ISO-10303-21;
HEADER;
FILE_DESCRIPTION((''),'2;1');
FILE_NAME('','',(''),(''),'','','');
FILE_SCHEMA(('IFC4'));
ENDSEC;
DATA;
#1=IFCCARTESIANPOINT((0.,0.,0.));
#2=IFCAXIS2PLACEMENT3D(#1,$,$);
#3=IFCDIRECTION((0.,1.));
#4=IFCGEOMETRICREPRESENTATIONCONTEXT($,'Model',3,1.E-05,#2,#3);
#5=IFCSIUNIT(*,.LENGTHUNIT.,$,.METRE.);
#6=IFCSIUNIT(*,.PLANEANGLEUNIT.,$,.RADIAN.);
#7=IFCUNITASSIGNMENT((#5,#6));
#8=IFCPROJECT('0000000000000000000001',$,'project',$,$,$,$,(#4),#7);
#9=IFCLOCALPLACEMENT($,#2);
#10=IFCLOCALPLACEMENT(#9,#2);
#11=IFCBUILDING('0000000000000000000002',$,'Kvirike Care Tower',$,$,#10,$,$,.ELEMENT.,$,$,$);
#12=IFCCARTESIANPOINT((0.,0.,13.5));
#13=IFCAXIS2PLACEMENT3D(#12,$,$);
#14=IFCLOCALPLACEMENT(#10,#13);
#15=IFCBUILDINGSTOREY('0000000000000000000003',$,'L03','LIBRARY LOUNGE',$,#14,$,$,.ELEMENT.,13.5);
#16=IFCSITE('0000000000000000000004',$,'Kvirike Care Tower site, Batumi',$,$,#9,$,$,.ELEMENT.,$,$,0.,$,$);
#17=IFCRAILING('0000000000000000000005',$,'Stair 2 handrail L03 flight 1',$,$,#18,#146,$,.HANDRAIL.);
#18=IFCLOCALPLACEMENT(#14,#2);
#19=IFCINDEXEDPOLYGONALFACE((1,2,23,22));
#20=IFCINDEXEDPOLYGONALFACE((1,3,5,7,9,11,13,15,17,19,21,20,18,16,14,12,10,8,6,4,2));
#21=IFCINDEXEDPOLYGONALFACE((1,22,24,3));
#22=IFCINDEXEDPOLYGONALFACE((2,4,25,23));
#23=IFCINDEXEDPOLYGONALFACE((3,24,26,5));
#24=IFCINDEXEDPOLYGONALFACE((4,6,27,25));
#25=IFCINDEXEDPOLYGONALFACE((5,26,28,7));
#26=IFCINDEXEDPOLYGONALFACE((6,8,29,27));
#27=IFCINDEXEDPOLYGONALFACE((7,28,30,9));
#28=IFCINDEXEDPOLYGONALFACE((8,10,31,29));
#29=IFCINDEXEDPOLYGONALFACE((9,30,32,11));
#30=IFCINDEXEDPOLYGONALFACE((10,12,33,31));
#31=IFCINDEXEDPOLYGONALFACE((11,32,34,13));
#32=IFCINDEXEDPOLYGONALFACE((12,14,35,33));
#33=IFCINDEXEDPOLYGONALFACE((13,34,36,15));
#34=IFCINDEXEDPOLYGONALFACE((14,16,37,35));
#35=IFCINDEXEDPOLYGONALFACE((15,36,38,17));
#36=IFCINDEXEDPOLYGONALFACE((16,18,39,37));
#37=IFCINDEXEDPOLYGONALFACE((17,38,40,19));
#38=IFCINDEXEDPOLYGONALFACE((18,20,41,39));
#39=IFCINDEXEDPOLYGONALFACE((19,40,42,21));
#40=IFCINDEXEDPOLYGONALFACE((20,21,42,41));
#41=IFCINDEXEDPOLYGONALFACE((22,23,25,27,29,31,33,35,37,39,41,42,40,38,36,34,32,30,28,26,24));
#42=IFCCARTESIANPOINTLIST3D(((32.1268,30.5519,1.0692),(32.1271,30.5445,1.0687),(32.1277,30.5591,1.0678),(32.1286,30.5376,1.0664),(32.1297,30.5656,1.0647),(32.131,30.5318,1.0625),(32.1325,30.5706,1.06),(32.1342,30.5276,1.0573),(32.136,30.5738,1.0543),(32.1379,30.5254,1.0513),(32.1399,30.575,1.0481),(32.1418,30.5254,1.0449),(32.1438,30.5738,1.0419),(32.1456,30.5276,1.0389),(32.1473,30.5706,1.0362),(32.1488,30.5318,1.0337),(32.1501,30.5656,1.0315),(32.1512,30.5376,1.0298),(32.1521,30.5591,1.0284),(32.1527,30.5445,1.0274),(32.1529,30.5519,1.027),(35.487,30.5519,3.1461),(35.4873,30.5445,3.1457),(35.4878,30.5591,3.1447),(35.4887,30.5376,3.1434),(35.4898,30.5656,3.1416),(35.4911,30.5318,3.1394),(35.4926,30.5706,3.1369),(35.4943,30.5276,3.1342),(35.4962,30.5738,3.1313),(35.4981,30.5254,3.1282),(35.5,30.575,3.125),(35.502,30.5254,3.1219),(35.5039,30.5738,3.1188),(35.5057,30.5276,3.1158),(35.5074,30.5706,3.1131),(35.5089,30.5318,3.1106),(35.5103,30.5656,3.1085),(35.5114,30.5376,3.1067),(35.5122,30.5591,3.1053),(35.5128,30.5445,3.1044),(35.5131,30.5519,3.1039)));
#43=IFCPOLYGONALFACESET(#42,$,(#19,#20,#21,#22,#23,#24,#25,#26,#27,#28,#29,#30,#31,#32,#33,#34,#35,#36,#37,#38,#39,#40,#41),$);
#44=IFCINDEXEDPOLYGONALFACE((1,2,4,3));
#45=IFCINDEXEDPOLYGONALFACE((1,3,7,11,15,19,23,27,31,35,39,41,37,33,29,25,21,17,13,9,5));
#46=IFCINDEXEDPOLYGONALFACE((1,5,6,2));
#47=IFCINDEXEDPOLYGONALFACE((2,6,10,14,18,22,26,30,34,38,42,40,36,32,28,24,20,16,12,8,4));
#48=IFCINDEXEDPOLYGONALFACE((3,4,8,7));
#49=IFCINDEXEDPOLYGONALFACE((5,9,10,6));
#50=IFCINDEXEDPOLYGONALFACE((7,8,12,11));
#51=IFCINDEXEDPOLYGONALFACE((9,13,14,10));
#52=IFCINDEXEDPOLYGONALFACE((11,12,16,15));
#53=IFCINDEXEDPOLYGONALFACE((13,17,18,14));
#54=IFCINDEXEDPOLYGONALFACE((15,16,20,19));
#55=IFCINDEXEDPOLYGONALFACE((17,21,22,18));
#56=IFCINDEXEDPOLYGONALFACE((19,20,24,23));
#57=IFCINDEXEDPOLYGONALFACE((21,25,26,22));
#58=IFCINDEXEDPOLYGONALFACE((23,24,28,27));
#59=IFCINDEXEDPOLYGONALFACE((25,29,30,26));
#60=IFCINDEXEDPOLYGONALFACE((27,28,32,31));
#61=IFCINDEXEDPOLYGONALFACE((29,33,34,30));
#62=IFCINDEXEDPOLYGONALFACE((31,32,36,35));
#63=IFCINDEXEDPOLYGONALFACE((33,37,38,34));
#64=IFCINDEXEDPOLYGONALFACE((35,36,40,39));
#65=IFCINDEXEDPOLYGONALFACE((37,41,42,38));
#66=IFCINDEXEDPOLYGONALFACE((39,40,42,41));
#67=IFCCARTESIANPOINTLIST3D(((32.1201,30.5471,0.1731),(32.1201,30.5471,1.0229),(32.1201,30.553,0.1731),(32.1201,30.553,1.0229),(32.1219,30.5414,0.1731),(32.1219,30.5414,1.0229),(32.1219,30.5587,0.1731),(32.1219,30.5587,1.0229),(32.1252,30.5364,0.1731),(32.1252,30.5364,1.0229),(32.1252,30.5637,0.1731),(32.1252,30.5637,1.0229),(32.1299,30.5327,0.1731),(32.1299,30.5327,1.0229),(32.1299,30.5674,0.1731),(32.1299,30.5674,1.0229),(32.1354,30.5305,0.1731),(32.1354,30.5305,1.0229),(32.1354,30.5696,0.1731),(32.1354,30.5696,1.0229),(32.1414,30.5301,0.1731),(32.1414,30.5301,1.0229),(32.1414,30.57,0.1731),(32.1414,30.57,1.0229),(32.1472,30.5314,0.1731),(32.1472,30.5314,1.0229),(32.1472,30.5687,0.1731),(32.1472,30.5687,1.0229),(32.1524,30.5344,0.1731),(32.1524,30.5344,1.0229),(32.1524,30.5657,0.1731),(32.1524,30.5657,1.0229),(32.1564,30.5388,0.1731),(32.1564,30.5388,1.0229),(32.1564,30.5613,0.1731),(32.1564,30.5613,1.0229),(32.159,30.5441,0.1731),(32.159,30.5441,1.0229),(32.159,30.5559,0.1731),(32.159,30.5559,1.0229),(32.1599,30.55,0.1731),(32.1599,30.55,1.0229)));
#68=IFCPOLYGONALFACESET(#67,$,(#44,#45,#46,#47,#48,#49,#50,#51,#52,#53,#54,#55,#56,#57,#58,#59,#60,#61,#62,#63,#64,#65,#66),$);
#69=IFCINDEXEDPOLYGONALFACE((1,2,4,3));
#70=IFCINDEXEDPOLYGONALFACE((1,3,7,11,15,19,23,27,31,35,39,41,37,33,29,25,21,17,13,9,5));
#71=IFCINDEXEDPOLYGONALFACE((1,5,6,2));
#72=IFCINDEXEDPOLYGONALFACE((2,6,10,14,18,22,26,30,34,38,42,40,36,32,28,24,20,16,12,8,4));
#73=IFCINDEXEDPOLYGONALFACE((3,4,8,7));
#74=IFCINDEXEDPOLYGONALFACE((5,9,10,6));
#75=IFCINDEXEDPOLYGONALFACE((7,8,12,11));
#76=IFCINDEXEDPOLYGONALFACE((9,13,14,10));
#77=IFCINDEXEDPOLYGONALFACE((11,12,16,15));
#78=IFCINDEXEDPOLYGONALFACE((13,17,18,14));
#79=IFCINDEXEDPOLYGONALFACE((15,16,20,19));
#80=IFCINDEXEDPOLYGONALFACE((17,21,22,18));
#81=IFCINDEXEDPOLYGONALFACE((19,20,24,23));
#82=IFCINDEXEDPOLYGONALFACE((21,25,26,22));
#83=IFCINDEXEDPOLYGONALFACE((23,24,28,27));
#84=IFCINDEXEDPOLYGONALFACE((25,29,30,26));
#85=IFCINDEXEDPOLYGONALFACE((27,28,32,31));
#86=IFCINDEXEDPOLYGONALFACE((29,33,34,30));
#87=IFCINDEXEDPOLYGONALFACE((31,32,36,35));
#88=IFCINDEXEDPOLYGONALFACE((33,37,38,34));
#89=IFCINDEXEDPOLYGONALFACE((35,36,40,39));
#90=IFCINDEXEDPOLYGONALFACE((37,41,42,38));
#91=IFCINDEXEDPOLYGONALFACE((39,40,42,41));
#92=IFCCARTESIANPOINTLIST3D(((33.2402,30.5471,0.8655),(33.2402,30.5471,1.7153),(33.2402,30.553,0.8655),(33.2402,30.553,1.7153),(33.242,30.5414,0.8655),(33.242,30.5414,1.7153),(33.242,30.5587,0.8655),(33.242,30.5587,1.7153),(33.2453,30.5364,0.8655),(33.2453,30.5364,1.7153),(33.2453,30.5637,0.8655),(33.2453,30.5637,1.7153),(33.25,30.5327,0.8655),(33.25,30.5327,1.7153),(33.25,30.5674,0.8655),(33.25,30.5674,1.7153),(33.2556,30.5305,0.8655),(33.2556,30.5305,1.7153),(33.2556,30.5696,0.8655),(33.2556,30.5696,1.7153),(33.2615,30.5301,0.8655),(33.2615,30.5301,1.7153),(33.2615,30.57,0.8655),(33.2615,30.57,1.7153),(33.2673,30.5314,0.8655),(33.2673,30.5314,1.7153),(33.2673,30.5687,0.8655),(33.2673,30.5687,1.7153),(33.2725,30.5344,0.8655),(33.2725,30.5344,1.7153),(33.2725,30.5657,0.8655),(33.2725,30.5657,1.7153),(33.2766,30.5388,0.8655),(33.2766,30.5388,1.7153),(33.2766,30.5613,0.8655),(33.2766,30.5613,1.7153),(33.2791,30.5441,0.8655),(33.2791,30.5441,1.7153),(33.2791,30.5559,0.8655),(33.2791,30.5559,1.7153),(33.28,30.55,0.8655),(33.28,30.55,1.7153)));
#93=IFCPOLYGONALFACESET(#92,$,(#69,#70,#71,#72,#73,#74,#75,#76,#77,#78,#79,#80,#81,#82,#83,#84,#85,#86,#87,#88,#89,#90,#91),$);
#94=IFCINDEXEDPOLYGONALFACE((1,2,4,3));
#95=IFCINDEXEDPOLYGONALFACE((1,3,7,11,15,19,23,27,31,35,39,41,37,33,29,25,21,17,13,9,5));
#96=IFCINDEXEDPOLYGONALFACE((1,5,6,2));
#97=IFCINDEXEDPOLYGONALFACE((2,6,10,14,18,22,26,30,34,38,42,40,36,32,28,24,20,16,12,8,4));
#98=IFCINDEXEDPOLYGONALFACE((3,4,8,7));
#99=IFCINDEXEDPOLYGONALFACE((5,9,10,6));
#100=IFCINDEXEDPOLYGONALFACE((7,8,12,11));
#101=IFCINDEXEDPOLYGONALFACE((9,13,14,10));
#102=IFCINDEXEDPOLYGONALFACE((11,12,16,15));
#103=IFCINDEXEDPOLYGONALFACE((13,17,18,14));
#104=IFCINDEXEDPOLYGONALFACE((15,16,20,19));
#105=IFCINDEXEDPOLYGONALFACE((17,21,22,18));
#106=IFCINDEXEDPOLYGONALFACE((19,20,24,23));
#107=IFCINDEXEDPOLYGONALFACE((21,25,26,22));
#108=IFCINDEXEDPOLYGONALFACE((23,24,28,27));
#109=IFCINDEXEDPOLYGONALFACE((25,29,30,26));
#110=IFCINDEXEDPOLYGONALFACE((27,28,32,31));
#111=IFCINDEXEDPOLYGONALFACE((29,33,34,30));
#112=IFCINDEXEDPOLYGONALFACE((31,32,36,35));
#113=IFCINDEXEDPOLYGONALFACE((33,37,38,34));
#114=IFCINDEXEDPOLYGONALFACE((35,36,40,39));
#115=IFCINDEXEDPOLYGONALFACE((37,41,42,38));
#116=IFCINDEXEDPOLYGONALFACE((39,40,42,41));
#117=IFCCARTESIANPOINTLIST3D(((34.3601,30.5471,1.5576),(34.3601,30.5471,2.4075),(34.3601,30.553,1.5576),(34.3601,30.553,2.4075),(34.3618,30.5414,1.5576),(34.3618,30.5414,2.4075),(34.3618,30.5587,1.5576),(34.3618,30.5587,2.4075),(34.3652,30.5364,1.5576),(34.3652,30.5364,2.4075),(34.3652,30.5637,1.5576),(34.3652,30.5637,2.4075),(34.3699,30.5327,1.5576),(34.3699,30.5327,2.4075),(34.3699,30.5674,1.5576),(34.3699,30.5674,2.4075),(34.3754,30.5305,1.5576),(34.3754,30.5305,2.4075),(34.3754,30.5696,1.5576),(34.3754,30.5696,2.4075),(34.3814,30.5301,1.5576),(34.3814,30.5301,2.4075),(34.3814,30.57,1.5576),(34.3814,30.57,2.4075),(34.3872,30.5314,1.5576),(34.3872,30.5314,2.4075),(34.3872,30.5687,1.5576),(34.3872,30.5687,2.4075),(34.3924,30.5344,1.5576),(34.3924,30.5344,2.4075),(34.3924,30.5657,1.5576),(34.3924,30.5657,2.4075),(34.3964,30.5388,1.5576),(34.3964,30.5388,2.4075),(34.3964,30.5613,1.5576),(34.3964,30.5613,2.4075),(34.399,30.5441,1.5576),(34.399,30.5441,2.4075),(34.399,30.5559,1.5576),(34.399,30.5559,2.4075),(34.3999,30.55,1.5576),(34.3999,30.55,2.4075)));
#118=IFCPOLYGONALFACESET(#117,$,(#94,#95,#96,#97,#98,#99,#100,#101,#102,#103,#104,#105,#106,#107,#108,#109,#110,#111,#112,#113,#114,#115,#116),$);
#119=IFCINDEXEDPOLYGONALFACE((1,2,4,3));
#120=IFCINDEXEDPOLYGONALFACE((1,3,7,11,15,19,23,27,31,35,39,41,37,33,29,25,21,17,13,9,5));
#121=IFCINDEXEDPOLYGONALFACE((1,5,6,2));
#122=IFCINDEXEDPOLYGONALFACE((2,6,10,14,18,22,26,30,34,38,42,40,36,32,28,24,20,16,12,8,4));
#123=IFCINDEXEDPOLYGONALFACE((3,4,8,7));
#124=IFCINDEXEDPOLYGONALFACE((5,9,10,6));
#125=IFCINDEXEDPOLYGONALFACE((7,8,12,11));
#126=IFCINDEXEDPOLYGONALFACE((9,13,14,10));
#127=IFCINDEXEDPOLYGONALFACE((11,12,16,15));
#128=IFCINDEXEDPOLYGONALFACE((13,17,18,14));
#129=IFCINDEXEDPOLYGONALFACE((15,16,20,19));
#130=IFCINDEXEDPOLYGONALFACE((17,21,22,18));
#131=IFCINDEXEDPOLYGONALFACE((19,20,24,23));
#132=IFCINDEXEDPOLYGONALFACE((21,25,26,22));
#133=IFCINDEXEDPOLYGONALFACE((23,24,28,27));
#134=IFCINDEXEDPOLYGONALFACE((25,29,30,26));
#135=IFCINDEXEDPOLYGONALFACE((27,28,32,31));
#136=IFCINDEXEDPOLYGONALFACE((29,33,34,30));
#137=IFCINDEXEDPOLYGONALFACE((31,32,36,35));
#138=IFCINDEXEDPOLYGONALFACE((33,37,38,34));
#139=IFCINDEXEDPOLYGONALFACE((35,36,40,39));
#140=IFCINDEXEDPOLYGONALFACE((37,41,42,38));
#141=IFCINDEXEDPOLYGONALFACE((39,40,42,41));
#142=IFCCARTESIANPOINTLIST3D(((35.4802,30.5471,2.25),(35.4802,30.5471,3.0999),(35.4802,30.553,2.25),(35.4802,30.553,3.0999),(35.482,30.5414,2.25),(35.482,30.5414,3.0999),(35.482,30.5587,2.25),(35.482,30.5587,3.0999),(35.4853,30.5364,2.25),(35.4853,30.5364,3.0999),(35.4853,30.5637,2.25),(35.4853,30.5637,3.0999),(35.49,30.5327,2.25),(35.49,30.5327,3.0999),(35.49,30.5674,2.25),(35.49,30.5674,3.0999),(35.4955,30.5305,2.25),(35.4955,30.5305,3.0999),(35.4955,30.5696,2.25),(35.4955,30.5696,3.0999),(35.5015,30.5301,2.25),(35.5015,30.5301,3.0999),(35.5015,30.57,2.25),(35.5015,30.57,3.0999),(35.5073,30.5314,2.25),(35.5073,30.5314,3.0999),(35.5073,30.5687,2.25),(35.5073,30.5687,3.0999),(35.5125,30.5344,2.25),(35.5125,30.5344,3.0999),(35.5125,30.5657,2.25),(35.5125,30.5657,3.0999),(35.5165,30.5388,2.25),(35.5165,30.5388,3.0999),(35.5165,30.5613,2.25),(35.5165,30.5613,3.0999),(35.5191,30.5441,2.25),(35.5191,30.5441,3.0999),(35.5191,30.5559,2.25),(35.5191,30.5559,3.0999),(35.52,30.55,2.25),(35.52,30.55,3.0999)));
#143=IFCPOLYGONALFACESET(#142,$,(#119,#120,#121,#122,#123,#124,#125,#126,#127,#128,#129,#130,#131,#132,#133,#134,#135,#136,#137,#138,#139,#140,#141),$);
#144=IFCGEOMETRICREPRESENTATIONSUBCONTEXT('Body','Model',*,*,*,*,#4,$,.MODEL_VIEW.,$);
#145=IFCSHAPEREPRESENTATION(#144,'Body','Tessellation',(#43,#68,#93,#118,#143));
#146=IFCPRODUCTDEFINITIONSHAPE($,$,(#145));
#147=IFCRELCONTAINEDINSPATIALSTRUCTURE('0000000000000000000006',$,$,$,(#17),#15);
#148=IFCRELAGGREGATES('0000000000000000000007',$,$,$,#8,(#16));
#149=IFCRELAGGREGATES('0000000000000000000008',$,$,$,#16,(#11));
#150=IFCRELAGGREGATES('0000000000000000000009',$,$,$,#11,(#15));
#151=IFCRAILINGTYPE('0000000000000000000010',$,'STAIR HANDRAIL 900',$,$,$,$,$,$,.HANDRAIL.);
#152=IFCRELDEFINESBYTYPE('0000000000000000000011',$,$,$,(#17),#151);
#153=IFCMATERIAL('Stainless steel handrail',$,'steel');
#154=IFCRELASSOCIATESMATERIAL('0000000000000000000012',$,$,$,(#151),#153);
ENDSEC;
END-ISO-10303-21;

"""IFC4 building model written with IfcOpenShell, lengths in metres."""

from ifc_helpers import new_model, si_unit, direction, frame, origin, origin_2d, place, context, subcontext, project, spatial, circle, extrude, material, type_object, element, save


model = new_model("IFC4")

# Units and contexts
model_context = context("Model", 3, precision=1e-05, world=origin(), true_north=direction((0.0, 1.0)))
body_context = subcontext(model_context, "Body", "Model", "MODEL_VIEW")
ifc_project = project(units=[si_unit("LENGTHUNIT", "METRE"), si_unit("PLANEANGLEUNIT", "RADIAN")], contexts=[model_context])

# Site, building, storey
site_placement = place(None, origin())
site = spatial("IfcSite", under=ifc_project, at=site_placement, Name="Kvirike Care Tower site, Batumi", CompositionType="ELEMENT", RefElevation=0.0)
building_placement = place(site_placement, origin())
building = spatial("IfcBuilding", under=site, at=building_placement, Name="Kvirike Care Tower", CompositionType="ELEMENT")
storey_placement = place(building_placement, frame((0.0, 0.0, 13.5)))
storey = spatial("IfcBuildingStorey", under=building, at=storey_placement, Name="L03", Description="LIBRARY LOUNGE", CompositionType="ELEMENT", Elevation=13.5)

# Railing
ifc_material_1 = material(Name="Stainless steel handrail", Category="steel")
railing_type = type_object("IfcRailingType", Name="STAIR HANDRAIL 900", PredefinedType="HANDRAIL", material=ifc_material_1)
railing_1_placement = place(storey_placement, frame((32.1399, 30.55, 0.1731)))
element("IfcRailing", 1, at=railing_1_placement, inside=storey, type_object=railing_type, Name="Stair 2 handrail L03 flight 1", PredefinedType="HANDRAIL", context=body_context, shape_type="SweptSolid", body=[
    extrude(circle(Radius=0.0249, at=origin_2d()), frame((0.0, 0.0, 0.875), z_axis=(0.850623, 0.0, 0.525776), x_axis=(0.0, 1.0, 0.0)), (0.0, 0.0, 1.0), 3.9502),
    extrude(circle(Radius=0.02, at=origin_2d()), origin(), (0.0, 0.0, 1.0), 0.8499),
    extrude(circle(Radius=0.02, at=origin_2d()), frame((1.1201, 0.0, 0.6924)), (0.0, 0.0, 1.0), 0.8499),
    extrude(circle(Radius=0.02, at=origin_2d()), frame((2.24, 0.0, 1.3845)), (0.0, 0.0, 1.0), 0.8499),
    extrude(circle(Radius=0.02, at=origin_2d()), frame((3.3601, 0.0, 2.0769)), (0.0, 0.0, 1.0), 0.8499),
])

save(model, "model.ifc")
